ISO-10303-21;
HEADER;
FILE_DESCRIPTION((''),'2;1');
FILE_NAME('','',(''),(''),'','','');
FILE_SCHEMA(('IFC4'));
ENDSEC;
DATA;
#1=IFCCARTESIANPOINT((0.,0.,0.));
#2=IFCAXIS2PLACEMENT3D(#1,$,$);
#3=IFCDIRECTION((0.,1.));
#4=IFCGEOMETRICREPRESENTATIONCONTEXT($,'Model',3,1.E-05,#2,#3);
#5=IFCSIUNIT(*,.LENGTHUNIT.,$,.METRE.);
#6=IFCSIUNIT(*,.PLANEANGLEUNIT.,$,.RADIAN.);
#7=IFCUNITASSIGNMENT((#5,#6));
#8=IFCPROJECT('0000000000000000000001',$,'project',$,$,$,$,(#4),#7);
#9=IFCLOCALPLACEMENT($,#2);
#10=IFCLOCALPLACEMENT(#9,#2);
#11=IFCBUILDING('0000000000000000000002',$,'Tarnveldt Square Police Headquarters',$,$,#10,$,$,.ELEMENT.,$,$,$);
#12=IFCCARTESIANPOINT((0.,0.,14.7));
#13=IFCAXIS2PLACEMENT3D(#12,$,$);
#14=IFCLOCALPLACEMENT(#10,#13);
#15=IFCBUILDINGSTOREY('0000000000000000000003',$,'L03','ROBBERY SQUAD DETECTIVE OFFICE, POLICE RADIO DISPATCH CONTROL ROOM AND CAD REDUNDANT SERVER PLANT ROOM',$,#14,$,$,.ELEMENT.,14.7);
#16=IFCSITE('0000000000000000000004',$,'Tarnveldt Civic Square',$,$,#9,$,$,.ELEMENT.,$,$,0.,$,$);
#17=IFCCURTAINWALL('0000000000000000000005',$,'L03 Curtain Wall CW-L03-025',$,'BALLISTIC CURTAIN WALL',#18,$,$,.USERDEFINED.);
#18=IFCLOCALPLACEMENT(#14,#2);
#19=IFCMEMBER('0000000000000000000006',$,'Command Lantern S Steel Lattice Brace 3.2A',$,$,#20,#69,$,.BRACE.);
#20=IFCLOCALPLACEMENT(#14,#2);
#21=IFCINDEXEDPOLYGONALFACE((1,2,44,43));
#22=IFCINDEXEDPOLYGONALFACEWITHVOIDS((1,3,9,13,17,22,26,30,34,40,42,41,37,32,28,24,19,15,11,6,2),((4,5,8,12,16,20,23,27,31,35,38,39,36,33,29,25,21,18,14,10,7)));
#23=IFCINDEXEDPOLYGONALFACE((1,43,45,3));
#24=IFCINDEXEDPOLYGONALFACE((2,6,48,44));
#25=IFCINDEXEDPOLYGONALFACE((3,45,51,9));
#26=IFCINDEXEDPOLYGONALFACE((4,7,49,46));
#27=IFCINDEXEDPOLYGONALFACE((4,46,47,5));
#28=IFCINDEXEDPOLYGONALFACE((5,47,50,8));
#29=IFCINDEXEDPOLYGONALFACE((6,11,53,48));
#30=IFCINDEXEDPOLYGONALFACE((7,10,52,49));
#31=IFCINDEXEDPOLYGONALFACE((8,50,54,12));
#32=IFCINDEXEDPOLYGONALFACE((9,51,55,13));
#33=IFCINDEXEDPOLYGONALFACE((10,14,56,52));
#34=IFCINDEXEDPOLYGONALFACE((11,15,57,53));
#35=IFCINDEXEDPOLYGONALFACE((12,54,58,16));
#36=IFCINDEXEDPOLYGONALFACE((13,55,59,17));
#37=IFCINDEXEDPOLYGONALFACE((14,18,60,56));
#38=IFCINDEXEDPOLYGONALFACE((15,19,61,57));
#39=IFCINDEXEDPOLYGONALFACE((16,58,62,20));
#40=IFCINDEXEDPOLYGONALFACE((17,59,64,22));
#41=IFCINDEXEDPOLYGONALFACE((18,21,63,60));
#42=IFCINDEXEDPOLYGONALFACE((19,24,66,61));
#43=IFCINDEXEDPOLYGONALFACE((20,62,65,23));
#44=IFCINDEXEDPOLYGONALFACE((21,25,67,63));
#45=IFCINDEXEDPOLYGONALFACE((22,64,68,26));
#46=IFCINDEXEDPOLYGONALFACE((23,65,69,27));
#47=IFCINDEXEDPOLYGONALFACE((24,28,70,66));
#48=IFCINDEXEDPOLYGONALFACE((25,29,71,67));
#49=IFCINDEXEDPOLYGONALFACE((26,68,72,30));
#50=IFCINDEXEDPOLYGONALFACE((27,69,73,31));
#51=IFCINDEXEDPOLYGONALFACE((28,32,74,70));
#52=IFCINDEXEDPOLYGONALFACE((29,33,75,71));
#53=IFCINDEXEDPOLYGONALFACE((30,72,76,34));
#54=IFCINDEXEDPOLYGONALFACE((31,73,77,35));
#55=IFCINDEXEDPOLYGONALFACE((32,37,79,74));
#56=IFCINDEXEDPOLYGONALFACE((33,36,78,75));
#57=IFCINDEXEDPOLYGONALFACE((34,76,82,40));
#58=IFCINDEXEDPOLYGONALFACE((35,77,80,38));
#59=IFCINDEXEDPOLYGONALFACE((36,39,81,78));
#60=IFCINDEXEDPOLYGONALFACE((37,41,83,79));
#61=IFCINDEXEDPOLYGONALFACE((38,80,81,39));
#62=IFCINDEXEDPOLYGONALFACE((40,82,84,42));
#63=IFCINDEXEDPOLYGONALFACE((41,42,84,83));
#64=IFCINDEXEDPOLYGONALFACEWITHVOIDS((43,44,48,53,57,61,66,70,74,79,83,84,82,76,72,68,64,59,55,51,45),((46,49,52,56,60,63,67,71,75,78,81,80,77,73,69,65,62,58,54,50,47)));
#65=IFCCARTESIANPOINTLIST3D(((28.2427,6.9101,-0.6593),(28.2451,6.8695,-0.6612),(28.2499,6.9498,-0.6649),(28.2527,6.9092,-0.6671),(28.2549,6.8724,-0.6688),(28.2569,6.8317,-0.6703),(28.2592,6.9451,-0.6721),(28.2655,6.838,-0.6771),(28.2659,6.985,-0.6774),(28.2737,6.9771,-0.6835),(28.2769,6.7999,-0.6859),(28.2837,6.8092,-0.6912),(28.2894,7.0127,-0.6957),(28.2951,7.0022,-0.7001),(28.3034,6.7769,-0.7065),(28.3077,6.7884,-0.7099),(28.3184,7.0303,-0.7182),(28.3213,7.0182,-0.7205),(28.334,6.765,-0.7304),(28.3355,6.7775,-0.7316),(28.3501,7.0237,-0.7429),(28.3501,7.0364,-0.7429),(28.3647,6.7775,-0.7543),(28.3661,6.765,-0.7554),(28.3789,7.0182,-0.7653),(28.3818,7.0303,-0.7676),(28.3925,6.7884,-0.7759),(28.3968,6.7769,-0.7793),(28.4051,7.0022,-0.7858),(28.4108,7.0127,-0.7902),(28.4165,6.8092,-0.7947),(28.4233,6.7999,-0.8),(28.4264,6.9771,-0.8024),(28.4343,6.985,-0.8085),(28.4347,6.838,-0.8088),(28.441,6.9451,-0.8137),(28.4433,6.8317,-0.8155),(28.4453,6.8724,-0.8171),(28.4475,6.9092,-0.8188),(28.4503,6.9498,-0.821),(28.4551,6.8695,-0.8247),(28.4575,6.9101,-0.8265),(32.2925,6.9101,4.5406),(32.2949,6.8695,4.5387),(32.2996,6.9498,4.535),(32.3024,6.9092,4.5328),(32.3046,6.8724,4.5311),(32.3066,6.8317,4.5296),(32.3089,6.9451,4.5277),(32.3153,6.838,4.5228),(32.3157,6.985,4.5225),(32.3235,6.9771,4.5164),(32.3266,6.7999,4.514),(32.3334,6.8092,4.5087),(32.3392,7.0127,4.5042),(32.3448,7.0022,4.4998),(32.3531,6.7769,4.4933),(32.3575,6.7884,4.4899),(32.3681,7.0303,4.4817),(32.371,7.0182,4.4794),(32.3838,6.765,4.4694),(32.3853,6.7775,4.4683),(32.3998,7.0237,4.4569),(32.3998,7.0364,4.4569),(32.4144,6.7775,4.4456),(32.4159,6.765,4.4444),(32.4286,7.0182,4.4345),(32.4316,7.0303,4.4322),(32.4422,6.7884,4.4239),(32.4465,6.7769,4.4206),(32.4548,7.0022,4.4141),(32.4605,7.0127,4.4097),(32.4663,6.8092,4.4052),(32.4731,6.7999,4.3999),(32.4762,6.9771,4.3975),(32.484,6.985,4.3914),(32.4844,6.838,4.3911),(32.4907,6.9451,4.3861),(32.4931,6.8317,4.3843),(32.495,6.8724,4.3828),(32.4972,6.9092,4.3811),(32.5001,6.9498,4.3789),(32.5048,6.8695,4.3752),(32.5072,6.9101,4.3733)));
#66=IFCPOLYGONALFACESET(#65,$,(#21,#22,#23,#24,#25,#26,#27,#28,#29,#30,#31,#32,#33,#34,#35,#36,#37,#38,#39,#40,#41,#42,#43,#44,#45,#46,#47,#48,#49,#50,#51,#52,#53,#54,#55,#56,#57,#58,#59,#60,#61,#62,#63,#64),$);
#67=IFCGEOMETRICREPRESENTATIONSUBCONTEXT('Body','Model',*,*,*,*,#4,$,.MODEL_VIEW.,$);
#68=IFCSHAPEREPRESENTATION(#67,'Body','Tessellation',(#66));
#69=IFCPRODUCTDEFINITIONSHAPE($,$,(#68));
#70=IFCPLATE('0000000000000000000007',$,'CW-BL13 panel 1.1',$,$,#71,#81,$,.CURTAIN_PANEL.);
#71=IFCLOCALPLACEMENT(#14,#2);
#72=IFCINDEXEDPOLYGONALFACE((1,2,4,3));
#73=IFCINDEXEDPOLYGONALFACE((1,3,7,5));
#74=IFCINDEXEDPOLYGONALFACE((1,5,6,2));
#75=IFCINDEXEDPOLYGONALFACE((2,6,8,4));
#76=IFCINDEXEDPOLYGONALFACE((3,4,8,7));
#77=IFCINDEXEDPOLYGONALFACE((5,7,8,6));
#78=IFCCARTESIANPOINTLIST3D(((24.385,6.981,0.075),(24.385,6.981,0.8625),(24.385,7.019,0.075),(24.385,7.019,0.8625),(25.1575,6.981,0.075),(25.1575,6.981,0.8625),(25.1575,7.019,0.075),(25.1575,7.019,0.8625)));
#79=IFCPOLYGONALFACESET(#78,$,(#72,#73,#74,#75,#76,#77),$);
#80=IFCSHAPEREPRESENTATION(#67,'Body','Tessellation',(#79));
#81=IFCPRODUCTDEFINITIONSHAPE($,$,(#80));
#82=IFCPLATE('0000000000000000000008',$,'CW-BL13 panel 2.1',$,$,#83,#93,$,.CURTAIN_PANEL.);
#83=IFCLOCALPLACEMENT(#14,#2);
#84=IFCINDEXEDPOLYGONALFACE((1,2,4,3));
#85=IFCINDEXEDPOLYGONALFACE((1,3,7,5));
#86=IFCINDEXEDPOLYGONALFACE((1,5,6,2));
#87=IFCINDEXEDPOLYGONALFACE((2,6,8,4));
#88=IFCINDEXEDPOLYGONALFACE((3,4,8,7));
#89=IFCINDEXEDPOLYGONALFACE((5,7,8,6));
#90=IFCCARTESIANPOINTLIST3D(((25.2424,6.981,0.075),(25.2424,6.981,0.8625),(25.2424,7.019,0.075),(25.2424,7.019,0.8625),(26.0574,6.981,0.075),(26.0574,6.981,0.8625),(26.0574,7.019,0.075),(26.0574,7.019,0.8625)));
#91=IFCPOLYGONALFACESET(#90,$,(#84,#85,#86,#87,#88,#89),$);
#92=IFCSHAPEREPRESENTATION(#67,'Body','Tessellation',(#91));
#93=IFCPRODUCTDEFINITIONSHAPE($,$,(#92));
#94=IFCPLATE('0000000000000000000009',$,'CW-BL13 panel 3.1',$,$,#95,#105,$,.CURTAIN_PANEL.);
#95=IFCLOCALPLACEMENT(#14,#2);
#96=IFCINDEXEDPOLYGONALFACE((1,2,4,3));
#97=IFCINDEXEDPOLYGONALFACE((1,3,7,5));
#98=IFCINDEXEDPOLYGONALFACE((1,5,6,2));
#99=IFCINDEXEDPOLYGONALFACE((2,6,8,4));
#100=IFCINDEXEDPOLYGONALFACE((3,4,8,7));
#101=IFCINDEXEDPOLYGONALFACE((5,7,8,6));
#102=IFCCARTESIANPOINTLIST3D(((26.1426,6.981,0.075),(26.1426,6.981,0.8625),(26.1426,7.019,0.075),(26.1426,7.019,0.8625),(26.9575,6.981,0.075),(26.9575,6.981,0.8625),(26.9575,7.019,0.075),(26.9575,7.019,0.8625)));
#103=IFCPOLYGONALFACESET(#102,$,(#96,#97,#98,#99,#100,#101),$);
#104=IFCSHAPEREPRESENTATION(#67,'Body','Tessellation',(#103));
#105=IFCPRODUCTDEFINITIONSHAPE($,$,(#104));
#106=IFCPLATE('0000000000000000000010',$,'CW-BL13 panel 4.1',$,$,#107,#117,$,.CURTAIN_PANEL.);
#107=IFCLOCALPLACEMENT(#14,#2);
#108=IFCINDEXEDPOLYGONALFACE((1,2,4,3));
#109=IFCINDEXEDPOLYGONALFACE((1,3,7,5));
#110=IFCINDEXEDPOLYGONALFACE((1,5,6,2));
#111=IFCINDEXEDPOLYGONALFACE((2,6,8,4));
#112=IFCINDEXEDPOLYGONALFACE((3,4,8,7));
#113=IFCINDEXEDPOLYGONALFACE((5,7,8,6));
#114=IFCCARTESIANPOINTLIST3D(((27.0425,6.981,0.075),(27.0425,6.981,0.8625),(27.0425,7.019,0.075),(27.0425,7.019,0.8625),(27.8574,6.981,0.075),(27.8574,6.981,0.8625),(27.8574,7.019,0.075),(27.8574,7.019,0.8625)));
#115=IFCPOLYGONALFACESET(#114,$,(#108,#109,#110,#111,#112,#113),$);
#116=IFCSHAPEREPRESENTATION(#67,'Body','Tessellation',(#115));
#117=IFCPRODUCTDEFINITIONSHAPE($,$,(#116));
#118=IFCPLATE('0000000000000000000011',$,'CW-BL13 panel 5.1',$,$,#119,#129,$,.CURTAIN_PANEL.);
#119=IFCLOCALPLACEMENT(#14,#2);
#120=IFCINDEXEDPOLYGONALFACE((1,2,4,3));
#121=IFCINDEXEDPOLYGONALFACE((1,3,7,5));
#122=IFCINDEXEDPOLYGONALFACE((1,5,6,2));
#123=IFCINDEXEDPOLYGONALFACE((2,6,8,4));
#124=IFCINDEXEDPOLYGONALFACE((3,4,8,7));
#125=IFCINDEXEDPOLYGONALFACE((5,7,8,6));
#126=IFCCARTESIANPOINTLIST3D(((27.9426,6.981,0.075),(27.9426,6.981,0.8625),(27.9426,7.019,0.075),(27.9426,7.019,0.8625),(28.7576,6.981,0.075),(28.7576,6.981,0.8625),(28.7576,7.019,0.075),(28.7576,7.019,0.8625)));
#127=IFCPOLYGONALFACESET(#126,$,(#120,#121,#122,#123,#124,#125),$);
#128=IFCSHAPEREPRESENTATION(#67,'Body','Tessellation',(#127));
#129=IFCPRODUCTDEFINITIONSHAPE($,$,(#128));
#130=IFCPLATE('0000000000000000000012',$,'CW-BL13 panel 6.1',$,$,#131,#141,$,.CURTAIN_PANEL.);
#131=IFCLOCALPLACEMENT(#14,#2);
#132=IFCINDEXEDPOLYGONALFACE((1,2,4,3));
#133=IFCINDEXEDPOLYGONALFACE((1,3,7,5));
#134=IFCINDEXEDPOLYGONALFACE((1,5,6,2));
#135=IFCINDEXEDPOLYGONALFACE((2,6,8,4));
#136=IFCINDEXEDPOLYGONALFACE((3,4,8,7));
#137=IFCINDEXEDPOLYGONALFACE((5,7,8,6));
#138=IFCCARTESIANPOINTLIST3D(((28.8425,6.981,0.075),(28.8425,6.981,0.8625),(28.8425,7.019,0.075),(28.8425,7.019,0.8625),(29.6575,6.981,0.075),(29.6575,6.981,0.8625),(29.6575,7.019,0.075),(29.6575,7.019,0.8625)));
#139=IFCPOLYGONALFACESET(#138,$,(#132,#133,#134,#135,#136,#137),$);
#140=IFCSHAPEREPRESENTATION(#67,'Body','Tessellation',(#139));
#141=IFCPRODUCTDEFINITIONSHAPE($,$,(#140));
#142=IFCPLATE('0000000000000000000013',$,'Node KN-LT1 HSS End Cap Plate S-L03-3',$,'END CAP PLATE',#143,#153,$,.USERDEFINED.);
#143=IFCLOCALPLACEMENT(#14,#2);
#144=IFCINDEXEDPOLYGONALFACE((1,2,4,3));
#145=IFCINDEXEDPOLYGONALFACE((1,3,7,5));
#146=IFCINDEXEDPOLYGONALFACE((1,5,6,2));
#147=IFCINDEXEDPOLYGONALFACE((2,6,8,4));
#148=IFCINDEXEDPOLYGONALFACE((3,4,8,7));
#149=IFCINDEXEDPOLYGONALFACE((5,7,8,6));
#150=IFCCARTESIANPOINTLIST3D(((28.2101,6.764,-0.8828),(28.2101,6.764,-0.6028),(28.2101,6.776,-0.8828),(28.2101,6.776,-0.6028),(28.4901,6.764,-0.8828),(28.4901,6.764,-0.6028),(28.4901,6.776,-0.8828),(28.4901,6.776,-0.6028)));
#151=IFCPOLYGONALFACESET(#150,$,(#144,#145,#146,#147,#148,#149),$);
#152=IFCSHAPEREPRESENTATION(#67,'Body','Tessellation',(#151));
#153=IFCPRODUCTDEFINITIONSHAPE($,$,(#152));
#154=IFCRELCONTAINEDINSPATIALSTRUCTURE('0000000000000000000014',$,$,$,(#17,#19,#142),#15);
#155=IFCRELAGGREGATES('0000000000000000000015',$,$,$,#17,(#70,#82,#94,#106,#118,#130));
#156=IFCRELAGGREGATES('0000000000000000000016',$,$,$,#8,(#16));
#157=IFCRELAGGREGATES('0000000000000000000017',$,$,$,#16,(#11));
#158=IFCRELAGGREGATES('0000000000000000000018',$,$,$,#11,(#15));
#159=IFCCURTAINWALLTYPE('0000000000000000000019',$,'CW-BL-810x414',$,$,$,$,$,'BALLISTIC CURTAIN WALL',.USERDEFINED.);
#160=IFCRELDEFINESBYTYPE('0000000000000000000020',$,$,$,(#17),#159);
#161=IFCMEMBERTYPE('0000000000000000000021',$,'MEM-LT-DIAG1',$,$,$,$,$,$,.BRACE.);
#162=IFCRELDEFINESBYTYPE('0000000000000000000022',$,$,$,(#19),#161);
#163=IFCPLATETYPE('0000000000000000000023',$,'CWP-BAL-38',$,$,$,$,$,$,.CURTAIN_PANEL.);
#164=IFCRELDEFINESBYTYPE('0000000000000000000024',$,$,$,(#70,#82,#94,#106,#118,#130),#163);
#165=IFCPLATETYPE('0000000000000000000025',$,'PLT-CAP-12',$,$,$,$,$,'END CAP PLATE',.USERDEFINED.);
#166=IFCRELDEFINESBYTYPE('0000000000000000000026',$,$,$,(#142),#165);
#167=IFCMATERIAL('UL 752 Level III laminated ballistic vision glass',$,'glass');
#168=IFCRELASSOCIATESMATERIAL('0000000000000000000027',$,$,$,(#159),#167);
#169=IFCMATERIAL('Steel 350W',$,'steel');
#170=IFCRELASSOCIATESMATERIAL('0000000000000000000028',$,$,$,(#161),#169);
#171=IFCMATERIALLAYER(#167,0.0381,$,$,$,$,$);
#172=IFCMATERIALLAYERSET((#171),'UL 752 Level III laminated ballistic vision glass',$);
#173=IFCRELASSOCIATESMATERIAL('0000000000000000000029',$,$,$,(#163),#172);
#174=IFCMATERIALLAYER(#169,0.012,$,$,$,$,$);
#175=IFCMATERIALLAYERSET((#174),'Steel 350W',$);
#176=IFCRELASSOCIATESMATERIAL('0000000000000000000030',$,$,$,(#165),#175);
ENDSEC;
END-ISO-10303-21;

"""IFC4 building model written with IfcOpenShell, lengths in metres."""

from ifc_helpers import new_model, si_unit, direction, frame, origin, origin_2d, place, context, subcontext, project, spatial, rectangle, hollow_circle, extrude, material, layer, layer_set, material_profile, profile_set, type_object, element, aggregate, save


model = new_model("IFC4")

# Units and contexts
model_context = context("Model", 3, precision=1e-05, world=origin(), true_north=direction((0.0, 1.0)))
body_context = subcontext(model_context, "Body", "Model", "MODEL_VIEW")
ifc_project = project(units=[si_unit("LENGTHUNIT", "METRE"), si_unit("PLANEANGLEUNIT", "RADIAN")], contexts=[model_context])

# Site, building, storey
site_placement = place(None, origin())
site = spatial("IfcSite", under=ifc_project, at=site_placement, Name="Tarnveldt Civic Square", CompositionType="ELEMENT", RefElevation=0.0)
building_placement = place(site_placement, origin())
building = spatial("IfcBuilding", under=site, at=building_placement, Name="Tarnveldt Square Police Headquarters", CompositionType="ELEMENT")
storey_placement = place(building_placement, frame((0.0, 0.0, 14.7)))
storey = spatial("IfcBuildingStorey", under=building, at=storey_placement, Name="L03", Description="ROBBERY SQUAD DETECTIVE OFFICE, POLICE RADIO DISPATCH CONTROL ROOM AND CAD REDUNDANT SERVER PLANT ROOM", CompositionType="ELEMENT", Elevation=14.7)

# Shared definitions
ifc_material_1 = material(Name="Steel 350W", Category="steel")

# Curtain wall
ifc_material_2 = material(Name="UL 752 Level III laminated ballistic vision glass", Category="glass")
curtain_wall_type = type_object("IfcCurtainWallType", Name="CW-BL-810x414", ElementType="BALLISTIC CURTAIN WALL", PredefinedType="USERDEFINED", material=ifc_material_2)
curtain_wall_placement = place(storey_placement, origin())
curtain_wall = element("IfcCurtainWall", 1, at=curtain_wall_placement, inside=storey, type_object=curtain_wall_type, Name="L03 Curtain Wall CW-L03-025", ObjectType="BALLISTIC CURTAIN WALL", PredefinedType="USERDEFINED")

# Member
ifc_material_profile_1 = material_profile(ifc_material_1, hollow_circle(Radius=0.1365, WallThickness=0.0127, at=origin_2d()), Name="HSS273x13")
ifc_profile_set_1 = profile_set([ifc_material_profile_1], Name="Steel 350W")
member_type_1 = type_object("IfcMemberType", Name="MEM-LT-DIAG1", PredefinedType="BRACE", material=ifc_profile_set_1)
member_1_placement = place(storey_placement, frame((28.3501, 6.8999, -0.7429), z_axis=(0.614451, 0.0, 0.788955), x_axis=(0.0, 1.0, 0.0)))
element("IfcMember", 2, at=member_1_placement, inside=storey, type_object=member_type_1, Name="Command Lantern S Steel Lattice Brace 3.2A", PredefinedType="BRACE", context=body_context, shape_type="SweptSolid", body=[
    extrude(hollow_circle(Radius=0.1365, WallThickness=0.0127, at=origin_2d()), origin(), (0.0, 0.0, 1.0), 6.5908),
])

# Plates
ifc_layer_1 = layer(ifc_material_2, 0.0381)
ifc_layer_set_1 = layer_set([ifc_layer_1], Name="UL 752 Level III laminated ballistic vision glass")
plate_type_1 = type_object("IfcPlateType", Name="CWP-BAL-38", PredefinedType="CURTAIN_PANEL", material=ifc_layer_set_1)
plate_1_placement = place(storey_placement, frame((24.7712, 7.0, 0.075), z_axis=(0.0, 0.0, 1.0), x_axis=(1.0, 0.0, 0.0)))
plate_1 = element("IfcPlate", 3, at=plate_1_placement, type_object=plate_type_1, Name="CW-BL13 panel 1.1", PredefinedType="CURTAIN_PANEL", context=body_context, shape_type="SweptSolid", body=[
    extrude(rectangle(XDim=0.7725, YDim=0.0381, at=origin_2d()), origin(), (0.0, 0.0, 1.0), 0.7876),
])
plate_2_placement = place(storey_placement, frame((25.6499, 7.0, 0.075), z_axis=(0.0, 0.0, 1.0), x_axis=(1.0, 0.0, 0.0)))
plate_2 = element("IfcPlate", 4, at=plate_2_placement, type_object=plate_type_1, Name="CW-BL13 panel 2.1", PredefinedType="CURTAIN_PANEL", context=body_context, shape_type="SweptSolid", body=[
    extrude(rectangle(XDim=0.8149, YDim=0.0381, at=origin_2d()), origin(), (0.0, 0.0, 1.0), 0.7876),
])
plate_3_placement = place(storey_placement, frame((26.55, 7.0, 0.075), z_axis=(0.0, 0.0, 1.0), x_axis=(1.0, 0.0, 0.0)))
plate_3 = element("IfcPlate", 5, at=plate_3_placement, type_object=plate_type_1, Name="CW-BL13 panel 3.1", PredefinedType="CURTAIN_PANEL", context=body_context, shape_type="SweptSolid", body=[
    extrude(rectangle(XDim=0.8149, YDim=0.0381, at=origin_2d()), origin(), (0.0, 0.0, 1.0), 0.7876),
])
plate_4_placement = place(storey_placement, frame((27.45, 7.0, 0.075), z_axis=(0.0, 0.0, 1.0), x_axis=(1.0, 0.0, 0.0)))
plate_4 = element("IfcPlate", 6, at=plate_4_placement, type_object=plate_type_1, Name="CW-BL13 panel 4.1", PredefinedType="CURTAIN_PANEL", context=body_context, shape_type="SweptSolid", body=[
    extrude(rectangle(XDim=0.8149, YDim=0.0381, at=origin_2d()), origin(), (0.0, 0.0, 1.0), 0.7876),
])
plate_5_placement = place(storey_placement, frame((28.3501, 7.0, 0.075), z_axis=(0.0, 0.0, 1.0), x_axis=(1.0, 0.0, 0.0)))
plate_5 = element("IfcPlate", 7, at=plate_5_placement, type_object=plate_type_1, Name="CW-BL13 panel 5.1", PredefinedType="CURTAIN_PANEL", context=body_context, shape_type="SweptSolid", body=[
    extrude(rectangle(XDim=0.8149, YDim=0.0381, at=origin_2d()), origin(), (0.0, 0.0, 1.0), 0.7876),
])
plate_6_placement = place(storey_placement, frame((29.25, 7.0, 0.075), z_axis=(0.0, 0.0, 1.0), x_axis=(1.0, 0.0, 0.0)))
plate_6 = element("IfcPlate", 8, at=plate_6_placement, type_object=plate_type_1, Name="CW-BL13 panel 6.1", PredefinedType="CURTAIN_PANEL", context=body_context, shape_type="SweptSolid", body=[
    extrude(rectangle(XDim=0.8149, YDim=0.0381, at=origin_2d()), origin(), (0.0, 0.0, 1.0), 0.7876),
])
aggregate(curtain_wall, [plate_1, plate_2, plate_3, plate_4, plate_5, plate_6])
ifc_layer_2 = layer(ifc_material_1, 0.012)
ifc_layer_set_2 = layer_set([ifc_layer_2], Name="Steel 350W")
plate_type_2 = type_object("IfcPlateType", Name="PLT-CAP-12", ElementType="END CAP PLATE", PredefinedType="USERDEFINED", material=ifc_layer_set_2)
plate_7_placement = place(storey_placement, frame((28.3501, 6.77, -0.8828), z_axis=(0.0, 0.0, 1.0), x_axis=(1.0, 0.0, 0.0)))
element("IfcPlate", 9, at=plate_7_placement, inside=storey, type_object=plate_type_2, Name="Node KN-LT1 HSS End Cap Plate S-L03-3", ObjectType="END CAP PLATE", PredefinedType="USERDEFINED", context=body_context, shape_type="SweptSolid", body=[
    extrude(rectangle(XDim=0.28, YDim=0.012, at=origin_2d()), origin(), (0.0, 0.0, 1.0), 0.28),
])

save(model, "model.ifc")
